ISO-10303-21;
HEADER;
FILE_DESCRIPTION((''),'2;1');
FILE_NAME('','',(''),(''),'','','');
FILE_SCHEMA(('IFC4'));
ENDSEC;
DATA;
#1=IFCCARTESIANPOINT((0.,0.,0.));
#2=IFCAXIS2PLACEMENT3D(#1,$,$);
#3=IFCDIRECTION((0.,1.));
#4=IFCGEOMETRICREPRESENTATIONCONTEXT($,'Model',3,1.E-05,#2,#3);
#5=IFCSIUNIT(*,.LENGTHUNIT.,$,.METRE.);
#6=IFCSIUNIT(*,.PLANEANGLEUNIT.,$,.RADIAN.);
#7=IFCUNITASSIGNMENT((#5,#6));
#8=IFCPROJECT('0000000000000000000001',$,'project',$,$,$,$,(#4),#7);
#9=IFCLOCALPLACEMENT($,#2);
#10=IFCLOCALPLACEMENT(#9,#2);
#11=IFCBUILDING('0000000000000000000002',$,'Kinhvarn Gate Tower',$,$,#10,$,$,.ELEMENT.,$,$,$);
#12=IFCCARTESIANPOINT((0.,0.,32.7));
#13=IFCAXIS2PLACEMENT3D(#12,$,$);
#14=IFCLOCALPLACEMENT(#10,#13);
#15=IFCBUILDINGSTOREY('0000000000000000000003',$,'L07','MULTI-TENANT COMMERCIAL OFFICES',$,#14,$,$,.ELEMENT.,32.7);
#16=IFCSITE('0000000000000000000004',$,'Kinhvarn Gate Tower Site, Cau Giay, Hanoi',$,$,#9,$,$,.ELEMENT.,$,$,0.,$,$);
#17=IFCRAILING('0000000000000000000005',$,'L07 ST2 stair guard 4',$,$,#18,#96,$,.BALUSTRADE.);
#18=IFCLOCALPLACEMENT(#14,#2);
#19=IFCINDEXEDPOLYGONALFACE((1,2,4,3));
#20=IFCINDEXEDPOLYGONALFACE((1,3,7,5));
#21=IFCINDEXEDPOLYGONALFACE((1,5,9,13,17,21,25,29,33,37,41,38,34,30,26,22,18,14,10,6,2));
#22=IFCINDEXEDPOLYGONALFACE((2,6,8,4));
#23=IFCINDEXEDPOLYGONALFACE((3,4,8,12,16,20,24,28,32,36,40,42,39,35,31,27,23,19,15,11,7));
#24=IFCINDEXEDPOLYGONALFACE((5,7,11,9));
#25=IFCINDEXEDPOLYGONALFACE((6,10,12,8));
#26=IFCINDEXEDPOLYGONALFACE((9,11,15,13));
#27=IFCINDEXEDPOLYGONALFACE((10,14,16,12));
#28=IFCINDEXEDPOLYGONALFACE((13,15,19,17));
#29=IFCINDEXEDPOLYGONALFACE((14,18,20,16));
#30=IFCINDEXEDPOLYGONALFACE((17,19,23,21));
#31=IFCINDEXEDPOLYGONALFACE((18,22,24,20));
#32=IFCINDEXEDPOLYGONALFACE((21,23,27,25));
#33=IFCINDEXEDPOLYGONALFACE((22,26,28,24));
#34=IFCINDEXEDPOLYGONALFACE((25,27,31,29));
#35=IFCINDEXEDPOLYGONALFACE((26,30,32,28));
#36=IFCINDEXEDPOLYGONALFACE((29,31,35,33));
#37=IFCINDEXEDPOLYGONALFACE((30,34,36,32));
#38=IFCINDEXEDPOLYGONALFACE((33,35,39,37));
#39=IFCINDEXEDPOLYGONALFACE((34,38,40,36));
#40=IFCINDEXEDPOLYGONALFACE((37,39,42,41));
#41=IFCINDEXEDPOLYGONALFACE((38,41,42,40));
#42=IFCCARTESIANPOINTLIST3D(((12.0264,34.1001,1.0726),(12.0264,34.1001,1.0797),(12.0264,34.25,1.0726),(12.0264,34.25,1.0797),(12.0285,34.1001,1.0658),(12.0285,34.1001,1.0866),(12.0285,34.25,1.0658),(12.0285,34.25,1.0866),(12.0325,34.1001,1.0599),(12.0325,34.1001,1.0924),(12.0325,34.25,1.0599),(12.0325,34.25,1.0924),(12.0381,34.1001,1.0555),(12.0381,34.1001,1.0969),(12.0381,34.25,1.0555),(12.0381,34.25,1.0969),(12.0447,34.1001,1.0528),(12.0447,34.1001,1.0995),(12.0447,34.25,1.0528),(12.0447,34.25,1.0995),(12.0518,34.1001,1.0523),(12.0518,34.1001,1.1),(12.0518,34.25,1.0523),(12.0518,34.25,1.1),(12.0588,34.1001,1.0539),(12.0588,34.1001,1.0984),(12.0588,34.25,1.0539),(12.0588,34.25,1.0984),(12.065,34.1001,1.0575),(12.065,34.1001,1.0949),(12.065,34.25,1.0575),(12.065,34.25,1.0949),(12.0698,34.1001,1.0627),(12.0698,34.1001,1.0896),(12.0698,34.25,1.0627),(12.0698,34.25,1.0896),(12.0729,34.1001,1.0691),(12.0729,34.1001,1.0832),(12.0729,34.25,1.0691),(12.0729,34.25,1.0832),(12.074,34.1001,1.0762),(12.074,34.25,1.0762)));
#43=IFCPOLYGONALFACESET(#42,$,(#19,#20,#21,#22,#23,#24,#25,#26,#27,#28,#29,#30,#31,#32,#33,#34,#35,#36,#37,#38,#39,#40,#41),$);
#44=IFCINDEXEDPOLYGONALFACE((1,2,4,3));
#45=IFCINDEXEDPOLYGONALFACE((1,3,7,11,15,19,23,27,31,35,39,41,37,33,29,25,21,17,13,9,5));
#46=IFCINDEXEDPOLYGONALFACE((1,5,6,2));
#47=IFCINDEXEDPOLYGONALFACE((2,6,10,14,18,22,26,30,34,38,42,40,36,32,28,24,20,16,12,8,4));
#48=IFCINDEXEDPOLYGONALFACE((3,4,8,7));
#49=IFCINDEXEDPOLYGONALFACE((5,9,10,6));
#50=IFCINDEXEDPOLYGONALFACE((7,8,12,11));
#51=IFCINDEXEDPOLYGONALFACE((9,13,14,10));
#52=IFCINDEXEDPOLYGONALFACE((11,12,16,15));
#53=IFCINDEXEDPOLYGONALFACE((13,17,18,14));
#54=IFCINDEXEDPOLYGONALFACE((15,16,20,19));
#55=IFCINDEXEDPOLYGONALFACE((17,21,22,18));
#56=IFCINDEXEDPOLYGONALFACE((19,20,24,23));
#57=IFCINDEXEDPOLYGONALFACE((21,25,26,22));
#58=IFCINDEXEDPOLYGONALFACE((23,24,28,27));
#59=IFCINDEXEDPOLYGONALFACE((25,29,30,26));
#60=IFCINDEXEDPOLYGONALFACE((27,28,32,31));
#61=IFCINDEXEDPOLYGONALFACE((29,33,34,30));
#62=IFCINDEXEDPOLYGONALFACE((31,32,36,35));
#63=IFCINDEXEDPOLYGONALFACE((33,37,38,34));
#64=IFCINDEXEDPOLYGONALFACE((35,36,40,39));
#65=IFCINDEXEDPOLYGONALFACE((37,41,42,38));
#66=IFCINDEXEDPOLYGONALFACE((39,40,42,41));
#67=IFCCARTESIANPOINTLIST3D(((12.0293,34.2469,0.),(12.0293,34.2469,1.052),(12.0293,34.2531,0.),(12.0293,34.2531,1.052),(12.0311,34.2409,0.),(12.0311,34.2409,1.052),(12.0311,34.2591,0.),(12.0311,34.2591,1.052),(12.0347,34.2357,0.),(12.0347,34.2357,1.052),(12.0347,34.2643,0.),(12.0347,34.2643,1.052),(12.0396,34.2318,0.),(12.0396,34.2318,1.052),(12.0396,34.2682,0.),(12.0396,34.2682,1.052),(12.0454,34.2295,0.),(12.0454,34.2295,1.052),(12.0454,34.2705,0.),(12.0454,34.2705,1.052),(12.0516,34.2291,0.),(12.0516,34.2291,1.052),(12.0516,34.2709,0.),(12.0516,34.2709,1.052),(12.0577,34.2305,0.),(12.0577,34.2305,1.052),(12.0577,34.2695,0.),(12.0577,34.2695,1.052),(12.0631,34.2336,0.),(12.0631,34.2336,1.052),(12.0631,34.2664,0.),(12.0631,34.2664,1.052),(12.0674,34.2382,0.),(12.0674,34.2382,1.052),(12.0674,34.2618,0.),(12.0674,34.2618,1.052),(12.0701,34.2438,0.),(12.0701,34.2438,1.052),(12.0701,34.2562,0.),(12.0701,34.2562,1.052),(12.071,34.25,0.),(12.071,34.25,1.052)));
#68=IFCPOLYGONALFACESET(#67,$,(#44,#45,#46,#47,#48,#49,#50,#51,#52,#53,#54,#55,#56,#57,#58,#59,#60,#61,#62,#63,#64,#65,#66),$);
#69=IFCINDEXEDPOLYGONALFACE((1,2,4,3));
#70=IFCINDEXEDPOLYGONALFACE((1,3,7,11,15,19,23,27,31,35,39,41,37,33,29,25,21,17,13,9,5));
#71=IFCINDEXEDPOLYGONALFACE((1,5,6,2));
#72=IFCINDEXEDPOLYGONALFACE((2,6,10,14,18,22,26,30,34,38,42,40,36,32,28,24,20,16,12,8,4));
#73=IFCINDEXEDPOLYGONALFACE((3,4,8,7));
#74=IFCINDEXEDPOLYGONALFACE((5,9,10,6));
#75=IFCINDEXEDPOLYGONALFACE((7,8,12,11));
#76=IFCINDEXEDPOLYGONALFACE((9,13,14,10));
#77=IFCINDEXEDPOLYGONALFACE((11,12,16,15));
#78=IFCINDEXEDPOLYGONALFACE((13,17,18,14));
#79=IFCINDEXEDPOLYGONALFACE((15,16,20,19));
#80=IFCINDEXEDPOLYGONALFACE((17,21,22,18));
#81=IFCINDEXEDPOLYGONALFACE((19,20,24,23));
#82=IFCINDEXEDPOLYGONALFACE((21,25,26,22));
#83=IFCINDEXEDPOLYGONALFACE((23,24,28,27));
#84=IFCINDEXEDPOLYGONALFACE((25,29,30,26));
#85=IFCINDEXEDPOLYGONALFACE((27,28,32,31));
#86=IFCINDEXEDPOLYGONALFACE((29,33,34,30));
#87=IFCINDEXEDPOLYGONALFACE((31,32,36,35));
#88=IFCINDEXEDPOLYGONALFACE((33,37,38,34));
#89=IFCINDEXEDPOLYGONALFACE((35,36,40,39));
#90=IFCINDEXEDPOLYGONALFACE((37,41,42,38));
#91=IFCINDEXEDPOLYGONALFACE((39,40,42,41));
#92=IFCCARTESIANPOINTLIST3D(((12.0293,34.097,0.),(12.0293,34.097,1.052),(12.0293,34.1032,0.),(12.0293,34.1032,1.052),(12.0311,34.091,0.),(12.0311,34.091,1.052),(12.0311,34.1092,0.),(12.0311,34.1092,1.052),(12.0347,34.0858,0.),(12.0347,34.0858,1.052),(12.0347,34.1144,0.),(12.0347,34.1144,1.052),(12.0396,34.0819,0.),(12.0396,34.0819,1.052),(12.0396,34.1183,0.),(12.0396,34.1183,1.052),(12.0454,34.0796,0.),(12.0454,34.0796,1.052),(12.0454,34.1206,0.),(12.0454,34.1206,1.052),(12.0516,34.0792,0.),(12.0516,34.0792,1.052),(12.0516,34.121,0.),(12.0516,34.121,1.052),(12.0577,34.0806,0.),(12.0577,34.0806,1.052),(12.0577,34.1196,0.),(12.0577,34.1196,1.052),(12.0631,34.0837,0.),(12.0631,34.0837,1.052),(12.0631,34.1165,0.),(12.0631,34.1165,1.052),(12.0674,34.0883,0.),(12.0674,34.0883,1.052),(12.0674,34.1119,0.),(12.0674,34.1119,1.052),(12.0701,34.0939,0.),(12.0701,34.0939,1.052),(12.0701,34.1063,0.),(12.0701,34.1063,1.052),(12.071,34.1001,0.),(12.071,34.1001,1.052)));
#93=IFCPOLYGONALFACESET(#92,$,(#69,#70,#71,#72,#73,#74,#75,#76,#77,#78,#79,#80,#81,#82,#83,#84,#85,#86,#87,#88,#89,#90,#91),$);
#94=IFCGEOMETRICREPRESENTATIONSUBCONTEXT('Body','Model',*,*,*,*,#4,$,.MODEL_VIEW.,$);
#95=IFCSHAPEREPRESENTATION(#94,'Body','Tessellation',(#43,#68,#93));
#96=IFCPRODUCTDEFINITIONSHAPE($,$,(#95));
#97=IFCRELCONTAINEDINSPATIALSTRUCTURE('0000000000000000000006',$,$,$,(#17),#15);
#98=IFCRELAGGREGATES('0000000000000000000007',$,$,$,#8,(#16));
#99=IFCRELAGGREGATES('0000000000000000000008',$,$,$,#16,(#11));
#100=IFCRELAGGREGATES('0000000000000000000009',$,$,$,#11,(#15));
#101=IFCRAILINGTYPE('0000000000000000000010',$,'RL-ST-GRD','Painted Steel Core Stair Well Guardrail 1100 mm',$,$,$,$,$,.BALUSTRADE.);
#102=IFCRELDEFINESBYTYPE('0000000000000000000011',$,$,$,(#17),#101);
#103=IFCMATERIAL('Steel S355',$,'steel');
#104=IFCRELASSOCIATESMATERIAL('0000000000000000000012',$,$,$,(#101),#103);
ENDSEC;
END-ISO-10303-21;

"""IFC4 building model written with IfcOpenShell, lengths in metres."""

from ifc_helpers import new_model, si_unit, direction, frame, origin, origin_2d, place, context, subcontext, project, spatial, circle, extrude, material, type_object, element, save


model = new_model("IFC4")

# Units and contexts
model_context = context("Model", 3, precision=1e-05, world=origin(), true_north=direction((0.0, 1.0)))
body_context = subcontext(model_context, "Body", "Model", "MODEL_VIEW")
ifc_project = project(units=[si_unit("LENGTHUNIT", "METRE"), si_unit("PLANEANGLEUNIT", "RADIAN")], contexts=[model_context])

# Site, building, storey
site_placement = place(None, origin())
site = spatial("IfcSite", under=ifc_project, at=site_placement, Name="Kinhvarn Gate Tower Site, Cau Giay, Hanoi", CompositionType="ELEMENT", RefElevation=0.0)
building_placement = place(site_placement, origin())
building = spatial("IfcBuilding", under=site, at=building_placement, Name="Kinhvarn Gate Tower", CompositionType="ELEMENT")
storey_placement = place(building_placement, frame((0.0, 0.0, 32.7)))
storey = spatial("IfcBuildingStorey", under=building, at=storey_placement, Name="L07", Description="MULTI-TENANT COMMERCIAL OFFICES", CompositionType="ELEMENT", Elevation=32.7)

# Shared definitions
ifc_material_1 = material(Name="Steel S355", Category="steel")

# Railing
railing_type_1 = type_object("IfcRailingType", Name="RL-ST-GRD", Description="Painted Steel Core Stair Well Guardrail 1100 mm", PredefinedType="BALUSTRADE", material=ifc_material_1)
railing_1_placement = place(storey_placement, frame((12.05, 34.25, 0.0)))
element("IfcRailing", 1, at=railing_1_placement, inside=storey, type_object=railing_type_1, Name="L07 ST2 stair guard 4", PredefinedType="BALUSTRADE", context=body_context, shape_type="SweptSolid", body=[
    extrude(circle(Radius=0.0239, at=origin_2d()), frame((0.0, 0.0, 1.0762), z_axis=(0.0, -1.0, 0.0), x_axis=(1.0, 0.0, 0.0)), (0.0, 0.0, 1.0), 0.1499),
    extrude(circle(Radius=0.021, at=origin_2d()), origin(), (0.0, 0.0, 1.0), 1.052),
    extrude(circle(Radius=0.021, at=origin_2d()), frame((0.0, -0.1499, 0.0)), (0.0, 0.0, 1.0), 1.052),
])

save(model, "model.ifc")
